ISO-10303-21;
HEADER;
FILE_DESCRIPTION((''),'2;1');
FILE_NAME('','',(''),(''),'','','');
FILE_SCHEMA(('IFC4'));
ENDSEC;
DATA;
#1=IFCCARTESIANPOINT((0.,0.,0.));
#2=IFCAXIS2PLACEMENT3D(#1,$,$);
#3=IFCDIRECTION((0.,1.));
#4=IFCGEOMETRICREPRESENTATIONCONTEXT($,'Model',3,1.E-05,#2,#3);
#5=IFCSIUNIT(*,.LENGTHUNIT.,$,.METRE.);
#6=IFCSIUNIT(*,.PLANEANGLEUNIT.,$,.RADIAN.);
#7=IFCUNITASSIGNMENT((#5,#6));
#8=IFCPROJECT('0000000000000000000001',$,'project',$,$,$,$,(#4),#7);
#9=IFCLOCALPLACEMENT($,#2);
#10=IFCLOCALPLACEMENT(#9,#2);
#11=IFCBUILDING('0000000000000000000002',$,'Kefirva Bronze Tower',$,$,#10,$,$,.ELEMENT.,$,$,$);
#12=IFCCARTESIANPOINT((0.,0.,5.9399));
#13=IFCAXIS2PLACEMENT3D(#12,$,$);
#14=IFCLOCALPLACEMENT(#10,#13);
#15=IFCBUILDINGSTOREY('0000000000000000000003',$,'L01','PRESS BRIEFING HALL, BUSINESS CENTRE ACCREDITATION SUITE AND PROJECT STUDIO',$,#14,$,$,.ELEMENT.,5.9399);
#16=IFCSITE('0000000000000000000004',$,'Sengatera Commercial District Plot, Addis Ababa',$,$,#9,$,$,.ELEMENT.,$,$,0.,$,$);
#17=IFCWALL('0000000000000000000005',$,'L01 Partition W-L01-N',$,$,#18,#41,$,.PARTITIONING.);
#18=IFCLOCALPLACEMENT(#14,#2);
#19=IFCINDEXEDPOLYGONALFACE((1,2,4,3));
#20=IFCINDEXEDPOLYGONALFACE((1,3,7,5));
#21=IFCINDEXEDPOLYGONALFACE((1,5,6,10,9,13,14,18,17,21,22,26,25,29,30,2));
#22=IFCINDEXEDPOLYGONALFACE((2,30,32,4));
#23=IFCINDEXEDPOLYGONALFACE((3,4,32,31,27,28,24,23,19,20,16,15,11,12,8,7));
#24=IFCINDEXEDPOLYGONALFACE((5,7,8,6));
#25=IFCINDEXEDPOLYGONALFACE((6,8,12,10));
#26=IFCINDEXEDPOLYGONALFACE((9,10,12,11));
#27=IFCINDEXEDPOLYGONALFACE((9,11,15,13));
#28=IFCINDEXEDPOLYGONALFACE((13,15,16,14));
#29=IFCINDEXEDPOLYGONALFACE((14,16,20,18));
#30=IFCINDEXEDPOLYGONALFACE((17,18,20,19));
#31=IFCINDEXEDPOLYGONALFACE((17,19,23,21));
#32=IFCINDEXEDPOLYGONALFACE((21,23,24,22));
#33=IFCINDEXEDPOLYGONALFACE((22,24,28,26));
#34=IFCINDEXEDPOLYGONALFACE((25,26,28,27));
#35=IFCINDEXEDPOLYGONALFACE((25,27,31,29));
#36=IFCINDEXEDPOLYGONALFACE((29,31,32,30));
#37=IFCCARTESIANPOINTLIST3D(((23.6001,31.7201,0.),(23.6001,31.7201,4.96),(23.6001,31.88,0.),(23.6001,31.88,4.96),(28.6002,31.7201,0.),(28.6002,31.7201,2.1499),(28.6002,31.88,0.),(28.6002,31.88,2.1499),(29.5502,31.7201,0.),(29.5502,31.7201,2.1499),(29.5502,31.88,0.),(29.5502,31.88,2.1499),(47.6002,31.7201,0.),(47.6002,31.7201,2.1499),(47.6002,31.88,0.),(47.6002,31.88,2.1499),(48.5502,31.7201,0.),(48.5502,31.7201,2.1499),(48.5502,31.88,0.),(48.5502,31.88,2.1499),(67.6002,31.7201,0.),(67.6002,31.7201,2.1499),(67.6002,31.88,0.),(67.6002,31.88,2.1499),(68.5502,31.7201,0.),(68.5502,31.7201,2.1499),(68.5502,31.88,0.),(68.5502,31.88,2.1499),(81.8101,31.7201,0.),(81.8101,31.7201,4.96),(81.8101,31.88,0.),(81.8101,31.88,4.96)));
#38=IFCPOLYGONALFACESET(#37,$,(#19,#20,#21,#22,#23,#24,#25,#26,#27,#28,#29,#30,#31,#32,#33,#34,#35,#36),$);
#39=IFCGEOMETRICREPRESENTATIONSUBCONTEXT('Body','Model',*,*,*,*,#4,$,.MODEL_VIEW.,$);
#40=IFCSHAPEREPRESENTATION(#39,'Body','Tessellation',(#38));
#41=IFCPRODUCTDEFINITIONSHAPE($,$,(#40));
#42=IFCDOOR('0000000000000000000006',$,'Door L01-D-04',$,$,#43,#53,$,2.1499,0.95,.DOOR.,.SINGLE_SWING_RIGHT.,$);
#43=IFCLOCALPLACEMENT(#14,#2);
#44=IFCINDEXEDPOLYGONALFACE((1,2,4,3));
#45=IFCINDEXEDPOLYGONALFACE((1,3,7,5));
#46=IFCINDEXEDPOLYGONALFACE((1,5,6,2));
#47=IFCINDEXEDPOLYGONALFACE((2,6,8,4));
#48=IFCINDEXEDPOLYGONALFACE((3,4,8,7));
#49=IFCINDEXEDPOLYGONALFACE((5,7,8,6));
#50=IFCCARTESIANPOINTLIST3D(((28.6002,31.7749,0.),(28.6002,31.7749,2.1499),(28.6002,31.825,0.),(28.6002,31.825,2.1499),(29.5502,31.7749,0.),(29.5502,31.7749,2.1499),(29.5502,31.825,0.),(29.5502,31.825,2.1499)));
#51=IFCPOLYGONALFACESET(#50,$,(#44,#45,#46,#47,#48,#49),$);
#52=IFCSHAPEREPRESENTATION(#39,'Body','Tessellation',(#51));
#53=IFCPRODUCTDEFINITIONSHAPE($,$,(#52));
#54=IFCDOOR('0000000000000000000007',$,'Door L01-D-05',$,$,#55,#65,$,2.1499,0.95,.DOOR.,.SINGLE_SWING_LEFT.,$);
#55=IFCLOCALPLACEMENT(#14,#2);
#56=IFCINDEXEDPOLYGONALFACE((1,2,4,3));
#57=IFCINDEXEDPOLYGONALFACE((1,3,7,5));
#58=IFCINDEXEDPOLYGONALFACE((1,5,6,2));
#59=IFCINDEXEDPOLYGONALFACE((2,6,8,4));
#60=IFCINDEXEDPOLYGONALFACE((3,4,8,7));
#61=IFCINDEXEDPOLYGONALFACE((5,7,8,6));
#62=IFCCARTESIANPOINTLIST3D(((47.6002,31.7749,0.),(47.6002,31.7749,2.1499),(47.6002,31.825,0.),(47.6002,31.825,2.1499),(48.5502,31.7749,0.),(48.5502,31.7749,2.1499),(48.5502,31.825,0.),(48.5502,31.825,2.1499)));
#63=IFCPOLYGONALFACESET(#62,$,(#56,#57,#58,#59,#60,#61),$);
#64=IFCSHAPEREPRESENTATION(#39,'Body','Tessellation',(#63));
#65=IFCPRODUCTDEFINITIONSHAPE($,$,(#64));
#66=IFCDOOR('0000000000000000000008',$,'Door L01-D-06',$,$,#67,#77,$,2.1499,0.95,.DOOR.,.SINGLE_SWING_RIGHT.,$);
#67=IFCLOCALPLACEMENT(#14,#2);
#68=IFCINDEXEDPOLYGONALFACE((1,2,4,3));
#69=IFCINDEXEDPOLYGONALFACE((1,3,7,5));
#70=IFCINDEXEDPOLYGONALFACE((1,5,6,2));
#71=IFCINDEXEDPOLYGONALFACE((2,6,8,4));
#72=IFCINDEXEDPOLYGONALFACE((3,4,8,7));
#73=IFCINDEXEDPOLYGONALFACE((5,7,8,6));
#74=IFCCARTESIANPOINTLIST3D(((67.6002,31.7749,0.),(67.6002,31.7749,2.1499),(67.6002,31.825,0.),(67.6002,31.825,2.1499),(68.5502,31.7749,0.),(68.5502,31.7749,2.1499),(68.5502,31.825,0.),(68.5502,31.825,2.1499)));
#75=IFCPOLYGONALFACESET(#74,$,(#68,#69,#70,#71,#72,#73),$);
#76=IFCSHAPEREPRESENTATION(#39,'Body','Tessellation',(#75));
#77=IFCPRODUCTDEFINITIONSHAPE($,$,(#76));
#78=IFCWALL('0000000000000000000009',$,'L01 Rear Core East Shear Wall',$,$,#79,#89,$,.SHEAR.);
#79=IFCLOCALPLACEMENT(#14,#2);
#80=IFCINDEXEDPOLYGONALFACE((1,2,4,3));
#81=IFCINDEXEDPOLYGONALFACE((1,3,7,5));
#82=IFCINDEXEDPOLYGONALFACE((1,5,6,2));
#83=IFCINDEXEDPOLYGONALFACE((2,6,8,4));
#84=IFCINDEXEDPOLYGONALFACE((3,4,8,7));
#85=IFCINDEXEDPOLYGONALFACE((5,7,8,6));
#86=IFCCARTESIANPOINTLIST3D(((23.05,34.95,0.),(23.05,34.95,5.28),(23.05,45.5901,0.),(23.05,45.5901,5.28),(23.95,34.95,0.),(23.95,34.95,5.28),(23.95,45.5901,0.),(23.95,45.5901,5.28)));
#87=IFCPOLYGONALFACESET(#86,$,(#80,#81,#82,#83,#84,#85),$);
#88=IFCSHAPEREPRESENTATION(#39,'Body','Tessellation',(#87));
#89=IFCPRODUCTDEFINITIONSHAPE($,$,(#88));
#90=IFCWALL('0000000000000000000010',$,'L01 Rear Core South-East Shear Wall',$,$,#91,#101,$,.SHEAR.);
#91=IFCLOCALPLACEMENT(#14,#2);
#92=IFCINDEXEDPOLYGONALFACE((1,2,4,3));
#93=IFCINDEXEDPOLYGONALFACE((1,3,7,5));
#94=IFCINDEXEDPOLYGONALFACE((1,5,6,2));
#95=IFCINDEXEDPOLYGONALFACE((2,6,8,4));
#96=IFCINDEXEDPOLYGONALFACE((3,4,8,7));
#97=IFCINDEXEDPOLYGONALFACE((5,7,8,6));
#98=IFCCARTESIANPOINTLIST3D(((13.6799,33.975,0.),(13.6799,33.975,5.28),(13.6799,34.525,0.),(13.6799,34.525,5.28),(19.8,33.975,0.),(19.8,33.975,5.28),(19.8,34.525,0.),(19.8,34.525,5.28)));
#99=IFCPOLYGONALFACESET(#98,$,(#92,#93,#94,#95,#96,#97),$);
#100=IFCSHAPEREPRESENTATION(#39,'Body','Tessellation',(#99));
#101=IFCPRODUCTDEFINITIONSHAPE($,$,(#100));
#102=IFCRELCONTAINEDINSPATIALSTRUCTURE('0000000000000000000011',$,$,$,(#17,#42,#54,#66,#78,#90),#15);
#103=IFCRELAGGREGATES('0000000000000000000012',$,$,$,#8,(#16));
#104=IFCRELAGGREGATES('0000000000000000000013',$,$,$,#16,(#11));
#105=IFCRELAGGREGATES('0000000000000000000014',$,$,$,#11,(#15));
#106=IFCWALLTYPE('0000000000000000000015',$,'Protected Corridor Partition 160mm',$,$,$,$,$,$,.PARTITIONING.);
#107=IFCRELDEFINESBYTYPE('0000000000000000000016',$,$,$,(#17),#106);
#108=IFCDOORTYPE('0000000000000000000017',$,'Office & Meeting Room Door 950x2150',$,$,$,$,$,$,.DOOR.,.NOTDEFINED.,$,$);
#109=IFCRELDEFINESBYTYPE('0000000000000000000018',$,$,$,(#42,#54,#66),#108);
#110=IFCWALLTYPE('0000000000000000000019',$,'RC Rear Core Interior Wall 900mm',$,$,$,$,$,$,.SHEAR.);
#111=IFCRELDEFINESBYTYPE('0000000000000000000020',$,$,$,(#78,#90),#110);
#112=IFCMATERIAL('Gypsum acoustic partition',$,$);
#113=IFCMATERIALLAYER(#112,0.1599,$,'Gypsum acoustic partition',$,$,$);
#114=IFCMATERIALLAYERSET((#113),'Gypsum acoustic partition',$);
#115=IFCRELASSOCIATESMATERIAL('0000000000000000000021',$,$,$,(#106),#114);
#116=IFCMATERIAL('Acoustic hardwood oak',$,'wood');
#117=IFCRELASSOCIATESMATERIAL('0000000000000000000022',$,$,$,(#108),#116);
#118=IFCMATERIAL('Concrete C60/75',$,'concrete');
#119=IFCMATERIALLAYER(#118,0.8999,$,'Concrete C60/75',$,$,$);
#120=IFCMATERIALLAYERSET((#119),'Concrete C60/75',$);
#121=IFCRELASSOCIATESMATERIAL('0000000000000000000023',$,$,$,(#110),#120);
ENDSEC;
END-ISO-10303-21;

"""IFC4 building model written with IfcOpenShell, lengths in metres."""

from ifc_helpers import new_model, si_unit, direction, frame, frame_2d, origin, place, context, subcontext, project, spatial, rectangle, extrude, material, layer, layer_set, type_object, element, fill, save


model = new_model("IFC4")

# Units and contexts
model_context = context("Model", 3, precision=1e-05, world=origin(), true_north=direction((0.0, 1.0)))
body_context = subcontext(model_context, "Body", "Model", "MODEL_VIEW")
ifc_project = project(units=[si_unit("LENGTHUNIT", "METRE"), si_unit("PLANEANGLEUNIT", "RADIAN")], contexts=[model_context])

# Site, building, storey
site_placement = place(None, origin())
site = spatial("IfcSite", under=ifc_project, at=site_placement, Name="Sengatera Commercial District Plot, Addis Ababa", CompositionType="ELEMENT", RefElevation=0.0)
building_placement = place(site_placement, origin())
building = spatial("IfcBuilding", under=site, at=building_placement, Name="Kefirva Bronze Tower", CompositionType="ELEMENT")
storey_placement = place(building_placement, frame((0.0, 0.0, 5.9399)))
storey = spatial("IfcBuildingStorey", under=building, at=storey_placement, Name="L01", Description="PRESS BRIEFING HALL, BUSINESS CENTRE ACCREDITATION SUITE AND PROJECT STUDIO", CompositionType="ELEMENT", Elevation=5.9399)

# Shared definitions
ifc_material_1 = material(Name="Concrete C60/75", Category="concrete")

# Wall, openings, doors
ifc_material_2 = material(Name="Gypsum acoustic partition")
ifc_layer_1 = layer(ifc_material_2, 0.1599, Name="Gypsum acoustic partition")
ifc_layer_set_1 = layer_set([ifc_layer_1], Name="Gypsum acoustic partition")
wall_type_1 = type_object("IfcWallType", Name="Protected Corridor Partition 160mm", PredefinedType="PARTITIONING", material=ifc_layer_set_1)
wall_1_placement = place(storey_placement, frame((23.6001, 31.8, 0.0), z_axis=(0.0, 0.0, 1.0), x_axis=(1.0, 0.0, 0.0)))
wall_1 = element("IfcWall", 1, at=wall_1_placement, inside=storey, type_object=wall_type_1, Name="L01 Partition W-L01-N", PredefinedType="PARTITIONING", context=body_context, shape_type="SweptSolid", body=[
    extrude(rectangle(XDim=58.21, YDim=0.1599, at=frame_2d((29.105, 0.0))), origin(), (0.0, 0.0, 1.0), 4.96),
])
opening_1_placement = place(wall_1_placement, frame((5.0, 0.0, 0.0)))
opening_1 = element("IfcOpeningElement", 2, at=opening_1_placement, cuts=wall_1, PredefinedType="OPENING", context=body_context, shape_type="SweptSolid", body=[
    extrude(rectangle(XDim=0.95, YDim=2.1499, at=frame_2d((0.4751, 1.075))), frame((0.0, 0.0898, 0.0), z_axis=(0.0, -1.0, 0.0), x_axis=(1.0, 0.0, 0.0)), (0.0, 0.0, 1.0), 0.1799),
])
opening_2_placement = place(wall_1_placement, frame((24.0, 0.0, 0.0)))
opening_2 = element("IfcOpeningElement", 3, at=opening_2_placement, cuts=wall_1, PredefinedType="OPENING", context=body_context, shape_type="SweptSolid", body=[
    extrude(rectangle(XDim=0.95, YDim=2.1499, at=frame_2d((0.4751, 1.075))), frame((0.0, 0.0898, 0.0), z_axis=(0.0, -1.0, 0.0), x_axis=(1.0, 0.0, 0.0)), (0.0, 0.0, 1.0), 0.1799),
])
opening_3_placement = place(wall_1_placement, frame((44.0, 0.0, 0.0)))
opening_3 = element("IfcOpeningElement", 4, at=opening_3_placement, cuts=wall_1, PredefinedType="OPENING", context=body_context, shape_type="SweptSolid", body=[
    extrude(rectangle(XDim=0.95, YDim=2.1499, at=frame_2d((0.4751, 1.075))), frame((0.0, 0.0898, 0.0), z_axis=(0.0, -1.0, 0.0), x_axis=(1.0, 0.0, 0.0)), (0.0, 0.0, 1.0), 0.1799),
])
ifc_material_3 = material(Name="Acoustic hardwood oak", Category="wood")
door_type_1 = type_object("IfcDoorType", Name="Office & Meeting Room Door 950x2150", OperationType="NOTDEFINED", PredefinedType="DOOR", material=ifc_material_3)
door_1_placement = place(opening_1_placement, origin())
door_1 = element("IfcDoor", 5, at=door_1_placement, inside=storey, type_object=door_type_1, Name="Door L01-D-04", OperationType="SINGLE_SWING_RIGHT", OverallHeight=2.1499, OverallWidth=0.95, PredefinedType="DOOR", context=body_context, shape_type="SweptSolid", body=[
    extrude(rectangle(XDim=0.95, YDim=2.1499, at=frame_2d((0.4751, 1.075))), frame((0.0, 0.0249, 0.0), z_axis=(0.0, -1.0, 0.0), x_axis=(1.0, 0.0, 0.0)), (0.0, 0.0, 1.0), 0.05),
])
fill(opening_1, door_1)
door_2_placement = place(opening_2_placement, origin())
door_2 = element("IfcDoor", 6, at=door_2_placement, inside=storey, type_object=door_type_1, Name="Door L01-D-05", OperationType="SINGLE_SWING_LEFT", OverallHeight=2.1499, OverallWidth=0.95, PredefinedType="DOOR", context=body_context, shape_type="SweptSolid", body=[
    extrude(rectangle(XDim=0.95, YDim=2.1499, at=frame_2d((0.4751, 1.075))), frame((0.0, 0.0249, 0.0), z_axis=(0.0, -1.0, 0.0), x_axis=(1.0, 0.0, 0.0)), (0.0, 0.0, 1.0), 0.05),
])
fill(opening_2, door_2)
door_3_placement = place(opening_3_placement, origin())
door_3 = element("IfcDoor", 7, at=door_3_placement, inside=storey, type_object=door_type_1, Name="Door L01-D-06", OperationType="SINGLE_SWING_RIGHT", OverallHeight=2.1499, OverallWidth=0.95, PredefinedType="DOOR", context=body_context, shape_type="SweptSolid", body=[
    extrude(rectangle(XDim=0.95, YDim=2.1499, at=frame_2d((0.4751, 1.075))), frame((0.0, 0.0249, 0.0), z_axis=(0.0, -1.0, 0.0), x_axis=(1.0, 0.0, 0.0)), (0.0, 0.0, 1.0), 0.05),
])
fill(opening_3, door_3)

# Walls
ifc_layer_2 = layer(ifc_material_1, 0.8999, Name="Concrete C60/75")
ifc_layer_set_2 = layer_set([ifc_layer_2], Name="Concrete C60/75")
wall_type_2 = type_object("IfcWallType", Name="RC Rear Core Interior Wall 900mm", PredefinedType="SHEAR", material=ifc_layer_set_2)
wall_2_placement = place(storey_placement, frame((23.5, 34.95, 0.0), z_axis=(0.0, 0.0, 1.0), x_axis=(0.0, 1.0, 0.0)))
element("IfcWall", 8, at=wall_2_placement, inside=storey, type_object=wall_type_2, Name="L01 Rear Core East Shear Wall", PredefinedType="SHEAR", context=body_context, shape_type="SweptSolid", body=[
    extrude(rectangle(XDim=10.6401, YDim=0.8999, at=frame_2d((5.3201, 0.0))), origin(), (0.0, 0.0, 1.0), 5.28),
])
wall_3_placement = place(storey_placement, frame((13.6799, 34.25, 0.0), z_axis=(0.0, 0.0, 1.0), x_axis=(1.0, 0.0, 0.0)))
element("IfcWall", 9, at=wall_3_placement, inside=storey, type_object=wall_type_2, Name="L01 Rear Core South-East Shear Wall", PredefinedType="SHEAR", context=body_context, shape_type="SweptSolid", body=[
    extrude(rectangle(XDim=6.1201, YDim=0.55, at=frame_2d((3.0601, 0.0))), origin(), (0.0, 0.0, 1.0), 5.28),
])

save(model, "model.ifc")
